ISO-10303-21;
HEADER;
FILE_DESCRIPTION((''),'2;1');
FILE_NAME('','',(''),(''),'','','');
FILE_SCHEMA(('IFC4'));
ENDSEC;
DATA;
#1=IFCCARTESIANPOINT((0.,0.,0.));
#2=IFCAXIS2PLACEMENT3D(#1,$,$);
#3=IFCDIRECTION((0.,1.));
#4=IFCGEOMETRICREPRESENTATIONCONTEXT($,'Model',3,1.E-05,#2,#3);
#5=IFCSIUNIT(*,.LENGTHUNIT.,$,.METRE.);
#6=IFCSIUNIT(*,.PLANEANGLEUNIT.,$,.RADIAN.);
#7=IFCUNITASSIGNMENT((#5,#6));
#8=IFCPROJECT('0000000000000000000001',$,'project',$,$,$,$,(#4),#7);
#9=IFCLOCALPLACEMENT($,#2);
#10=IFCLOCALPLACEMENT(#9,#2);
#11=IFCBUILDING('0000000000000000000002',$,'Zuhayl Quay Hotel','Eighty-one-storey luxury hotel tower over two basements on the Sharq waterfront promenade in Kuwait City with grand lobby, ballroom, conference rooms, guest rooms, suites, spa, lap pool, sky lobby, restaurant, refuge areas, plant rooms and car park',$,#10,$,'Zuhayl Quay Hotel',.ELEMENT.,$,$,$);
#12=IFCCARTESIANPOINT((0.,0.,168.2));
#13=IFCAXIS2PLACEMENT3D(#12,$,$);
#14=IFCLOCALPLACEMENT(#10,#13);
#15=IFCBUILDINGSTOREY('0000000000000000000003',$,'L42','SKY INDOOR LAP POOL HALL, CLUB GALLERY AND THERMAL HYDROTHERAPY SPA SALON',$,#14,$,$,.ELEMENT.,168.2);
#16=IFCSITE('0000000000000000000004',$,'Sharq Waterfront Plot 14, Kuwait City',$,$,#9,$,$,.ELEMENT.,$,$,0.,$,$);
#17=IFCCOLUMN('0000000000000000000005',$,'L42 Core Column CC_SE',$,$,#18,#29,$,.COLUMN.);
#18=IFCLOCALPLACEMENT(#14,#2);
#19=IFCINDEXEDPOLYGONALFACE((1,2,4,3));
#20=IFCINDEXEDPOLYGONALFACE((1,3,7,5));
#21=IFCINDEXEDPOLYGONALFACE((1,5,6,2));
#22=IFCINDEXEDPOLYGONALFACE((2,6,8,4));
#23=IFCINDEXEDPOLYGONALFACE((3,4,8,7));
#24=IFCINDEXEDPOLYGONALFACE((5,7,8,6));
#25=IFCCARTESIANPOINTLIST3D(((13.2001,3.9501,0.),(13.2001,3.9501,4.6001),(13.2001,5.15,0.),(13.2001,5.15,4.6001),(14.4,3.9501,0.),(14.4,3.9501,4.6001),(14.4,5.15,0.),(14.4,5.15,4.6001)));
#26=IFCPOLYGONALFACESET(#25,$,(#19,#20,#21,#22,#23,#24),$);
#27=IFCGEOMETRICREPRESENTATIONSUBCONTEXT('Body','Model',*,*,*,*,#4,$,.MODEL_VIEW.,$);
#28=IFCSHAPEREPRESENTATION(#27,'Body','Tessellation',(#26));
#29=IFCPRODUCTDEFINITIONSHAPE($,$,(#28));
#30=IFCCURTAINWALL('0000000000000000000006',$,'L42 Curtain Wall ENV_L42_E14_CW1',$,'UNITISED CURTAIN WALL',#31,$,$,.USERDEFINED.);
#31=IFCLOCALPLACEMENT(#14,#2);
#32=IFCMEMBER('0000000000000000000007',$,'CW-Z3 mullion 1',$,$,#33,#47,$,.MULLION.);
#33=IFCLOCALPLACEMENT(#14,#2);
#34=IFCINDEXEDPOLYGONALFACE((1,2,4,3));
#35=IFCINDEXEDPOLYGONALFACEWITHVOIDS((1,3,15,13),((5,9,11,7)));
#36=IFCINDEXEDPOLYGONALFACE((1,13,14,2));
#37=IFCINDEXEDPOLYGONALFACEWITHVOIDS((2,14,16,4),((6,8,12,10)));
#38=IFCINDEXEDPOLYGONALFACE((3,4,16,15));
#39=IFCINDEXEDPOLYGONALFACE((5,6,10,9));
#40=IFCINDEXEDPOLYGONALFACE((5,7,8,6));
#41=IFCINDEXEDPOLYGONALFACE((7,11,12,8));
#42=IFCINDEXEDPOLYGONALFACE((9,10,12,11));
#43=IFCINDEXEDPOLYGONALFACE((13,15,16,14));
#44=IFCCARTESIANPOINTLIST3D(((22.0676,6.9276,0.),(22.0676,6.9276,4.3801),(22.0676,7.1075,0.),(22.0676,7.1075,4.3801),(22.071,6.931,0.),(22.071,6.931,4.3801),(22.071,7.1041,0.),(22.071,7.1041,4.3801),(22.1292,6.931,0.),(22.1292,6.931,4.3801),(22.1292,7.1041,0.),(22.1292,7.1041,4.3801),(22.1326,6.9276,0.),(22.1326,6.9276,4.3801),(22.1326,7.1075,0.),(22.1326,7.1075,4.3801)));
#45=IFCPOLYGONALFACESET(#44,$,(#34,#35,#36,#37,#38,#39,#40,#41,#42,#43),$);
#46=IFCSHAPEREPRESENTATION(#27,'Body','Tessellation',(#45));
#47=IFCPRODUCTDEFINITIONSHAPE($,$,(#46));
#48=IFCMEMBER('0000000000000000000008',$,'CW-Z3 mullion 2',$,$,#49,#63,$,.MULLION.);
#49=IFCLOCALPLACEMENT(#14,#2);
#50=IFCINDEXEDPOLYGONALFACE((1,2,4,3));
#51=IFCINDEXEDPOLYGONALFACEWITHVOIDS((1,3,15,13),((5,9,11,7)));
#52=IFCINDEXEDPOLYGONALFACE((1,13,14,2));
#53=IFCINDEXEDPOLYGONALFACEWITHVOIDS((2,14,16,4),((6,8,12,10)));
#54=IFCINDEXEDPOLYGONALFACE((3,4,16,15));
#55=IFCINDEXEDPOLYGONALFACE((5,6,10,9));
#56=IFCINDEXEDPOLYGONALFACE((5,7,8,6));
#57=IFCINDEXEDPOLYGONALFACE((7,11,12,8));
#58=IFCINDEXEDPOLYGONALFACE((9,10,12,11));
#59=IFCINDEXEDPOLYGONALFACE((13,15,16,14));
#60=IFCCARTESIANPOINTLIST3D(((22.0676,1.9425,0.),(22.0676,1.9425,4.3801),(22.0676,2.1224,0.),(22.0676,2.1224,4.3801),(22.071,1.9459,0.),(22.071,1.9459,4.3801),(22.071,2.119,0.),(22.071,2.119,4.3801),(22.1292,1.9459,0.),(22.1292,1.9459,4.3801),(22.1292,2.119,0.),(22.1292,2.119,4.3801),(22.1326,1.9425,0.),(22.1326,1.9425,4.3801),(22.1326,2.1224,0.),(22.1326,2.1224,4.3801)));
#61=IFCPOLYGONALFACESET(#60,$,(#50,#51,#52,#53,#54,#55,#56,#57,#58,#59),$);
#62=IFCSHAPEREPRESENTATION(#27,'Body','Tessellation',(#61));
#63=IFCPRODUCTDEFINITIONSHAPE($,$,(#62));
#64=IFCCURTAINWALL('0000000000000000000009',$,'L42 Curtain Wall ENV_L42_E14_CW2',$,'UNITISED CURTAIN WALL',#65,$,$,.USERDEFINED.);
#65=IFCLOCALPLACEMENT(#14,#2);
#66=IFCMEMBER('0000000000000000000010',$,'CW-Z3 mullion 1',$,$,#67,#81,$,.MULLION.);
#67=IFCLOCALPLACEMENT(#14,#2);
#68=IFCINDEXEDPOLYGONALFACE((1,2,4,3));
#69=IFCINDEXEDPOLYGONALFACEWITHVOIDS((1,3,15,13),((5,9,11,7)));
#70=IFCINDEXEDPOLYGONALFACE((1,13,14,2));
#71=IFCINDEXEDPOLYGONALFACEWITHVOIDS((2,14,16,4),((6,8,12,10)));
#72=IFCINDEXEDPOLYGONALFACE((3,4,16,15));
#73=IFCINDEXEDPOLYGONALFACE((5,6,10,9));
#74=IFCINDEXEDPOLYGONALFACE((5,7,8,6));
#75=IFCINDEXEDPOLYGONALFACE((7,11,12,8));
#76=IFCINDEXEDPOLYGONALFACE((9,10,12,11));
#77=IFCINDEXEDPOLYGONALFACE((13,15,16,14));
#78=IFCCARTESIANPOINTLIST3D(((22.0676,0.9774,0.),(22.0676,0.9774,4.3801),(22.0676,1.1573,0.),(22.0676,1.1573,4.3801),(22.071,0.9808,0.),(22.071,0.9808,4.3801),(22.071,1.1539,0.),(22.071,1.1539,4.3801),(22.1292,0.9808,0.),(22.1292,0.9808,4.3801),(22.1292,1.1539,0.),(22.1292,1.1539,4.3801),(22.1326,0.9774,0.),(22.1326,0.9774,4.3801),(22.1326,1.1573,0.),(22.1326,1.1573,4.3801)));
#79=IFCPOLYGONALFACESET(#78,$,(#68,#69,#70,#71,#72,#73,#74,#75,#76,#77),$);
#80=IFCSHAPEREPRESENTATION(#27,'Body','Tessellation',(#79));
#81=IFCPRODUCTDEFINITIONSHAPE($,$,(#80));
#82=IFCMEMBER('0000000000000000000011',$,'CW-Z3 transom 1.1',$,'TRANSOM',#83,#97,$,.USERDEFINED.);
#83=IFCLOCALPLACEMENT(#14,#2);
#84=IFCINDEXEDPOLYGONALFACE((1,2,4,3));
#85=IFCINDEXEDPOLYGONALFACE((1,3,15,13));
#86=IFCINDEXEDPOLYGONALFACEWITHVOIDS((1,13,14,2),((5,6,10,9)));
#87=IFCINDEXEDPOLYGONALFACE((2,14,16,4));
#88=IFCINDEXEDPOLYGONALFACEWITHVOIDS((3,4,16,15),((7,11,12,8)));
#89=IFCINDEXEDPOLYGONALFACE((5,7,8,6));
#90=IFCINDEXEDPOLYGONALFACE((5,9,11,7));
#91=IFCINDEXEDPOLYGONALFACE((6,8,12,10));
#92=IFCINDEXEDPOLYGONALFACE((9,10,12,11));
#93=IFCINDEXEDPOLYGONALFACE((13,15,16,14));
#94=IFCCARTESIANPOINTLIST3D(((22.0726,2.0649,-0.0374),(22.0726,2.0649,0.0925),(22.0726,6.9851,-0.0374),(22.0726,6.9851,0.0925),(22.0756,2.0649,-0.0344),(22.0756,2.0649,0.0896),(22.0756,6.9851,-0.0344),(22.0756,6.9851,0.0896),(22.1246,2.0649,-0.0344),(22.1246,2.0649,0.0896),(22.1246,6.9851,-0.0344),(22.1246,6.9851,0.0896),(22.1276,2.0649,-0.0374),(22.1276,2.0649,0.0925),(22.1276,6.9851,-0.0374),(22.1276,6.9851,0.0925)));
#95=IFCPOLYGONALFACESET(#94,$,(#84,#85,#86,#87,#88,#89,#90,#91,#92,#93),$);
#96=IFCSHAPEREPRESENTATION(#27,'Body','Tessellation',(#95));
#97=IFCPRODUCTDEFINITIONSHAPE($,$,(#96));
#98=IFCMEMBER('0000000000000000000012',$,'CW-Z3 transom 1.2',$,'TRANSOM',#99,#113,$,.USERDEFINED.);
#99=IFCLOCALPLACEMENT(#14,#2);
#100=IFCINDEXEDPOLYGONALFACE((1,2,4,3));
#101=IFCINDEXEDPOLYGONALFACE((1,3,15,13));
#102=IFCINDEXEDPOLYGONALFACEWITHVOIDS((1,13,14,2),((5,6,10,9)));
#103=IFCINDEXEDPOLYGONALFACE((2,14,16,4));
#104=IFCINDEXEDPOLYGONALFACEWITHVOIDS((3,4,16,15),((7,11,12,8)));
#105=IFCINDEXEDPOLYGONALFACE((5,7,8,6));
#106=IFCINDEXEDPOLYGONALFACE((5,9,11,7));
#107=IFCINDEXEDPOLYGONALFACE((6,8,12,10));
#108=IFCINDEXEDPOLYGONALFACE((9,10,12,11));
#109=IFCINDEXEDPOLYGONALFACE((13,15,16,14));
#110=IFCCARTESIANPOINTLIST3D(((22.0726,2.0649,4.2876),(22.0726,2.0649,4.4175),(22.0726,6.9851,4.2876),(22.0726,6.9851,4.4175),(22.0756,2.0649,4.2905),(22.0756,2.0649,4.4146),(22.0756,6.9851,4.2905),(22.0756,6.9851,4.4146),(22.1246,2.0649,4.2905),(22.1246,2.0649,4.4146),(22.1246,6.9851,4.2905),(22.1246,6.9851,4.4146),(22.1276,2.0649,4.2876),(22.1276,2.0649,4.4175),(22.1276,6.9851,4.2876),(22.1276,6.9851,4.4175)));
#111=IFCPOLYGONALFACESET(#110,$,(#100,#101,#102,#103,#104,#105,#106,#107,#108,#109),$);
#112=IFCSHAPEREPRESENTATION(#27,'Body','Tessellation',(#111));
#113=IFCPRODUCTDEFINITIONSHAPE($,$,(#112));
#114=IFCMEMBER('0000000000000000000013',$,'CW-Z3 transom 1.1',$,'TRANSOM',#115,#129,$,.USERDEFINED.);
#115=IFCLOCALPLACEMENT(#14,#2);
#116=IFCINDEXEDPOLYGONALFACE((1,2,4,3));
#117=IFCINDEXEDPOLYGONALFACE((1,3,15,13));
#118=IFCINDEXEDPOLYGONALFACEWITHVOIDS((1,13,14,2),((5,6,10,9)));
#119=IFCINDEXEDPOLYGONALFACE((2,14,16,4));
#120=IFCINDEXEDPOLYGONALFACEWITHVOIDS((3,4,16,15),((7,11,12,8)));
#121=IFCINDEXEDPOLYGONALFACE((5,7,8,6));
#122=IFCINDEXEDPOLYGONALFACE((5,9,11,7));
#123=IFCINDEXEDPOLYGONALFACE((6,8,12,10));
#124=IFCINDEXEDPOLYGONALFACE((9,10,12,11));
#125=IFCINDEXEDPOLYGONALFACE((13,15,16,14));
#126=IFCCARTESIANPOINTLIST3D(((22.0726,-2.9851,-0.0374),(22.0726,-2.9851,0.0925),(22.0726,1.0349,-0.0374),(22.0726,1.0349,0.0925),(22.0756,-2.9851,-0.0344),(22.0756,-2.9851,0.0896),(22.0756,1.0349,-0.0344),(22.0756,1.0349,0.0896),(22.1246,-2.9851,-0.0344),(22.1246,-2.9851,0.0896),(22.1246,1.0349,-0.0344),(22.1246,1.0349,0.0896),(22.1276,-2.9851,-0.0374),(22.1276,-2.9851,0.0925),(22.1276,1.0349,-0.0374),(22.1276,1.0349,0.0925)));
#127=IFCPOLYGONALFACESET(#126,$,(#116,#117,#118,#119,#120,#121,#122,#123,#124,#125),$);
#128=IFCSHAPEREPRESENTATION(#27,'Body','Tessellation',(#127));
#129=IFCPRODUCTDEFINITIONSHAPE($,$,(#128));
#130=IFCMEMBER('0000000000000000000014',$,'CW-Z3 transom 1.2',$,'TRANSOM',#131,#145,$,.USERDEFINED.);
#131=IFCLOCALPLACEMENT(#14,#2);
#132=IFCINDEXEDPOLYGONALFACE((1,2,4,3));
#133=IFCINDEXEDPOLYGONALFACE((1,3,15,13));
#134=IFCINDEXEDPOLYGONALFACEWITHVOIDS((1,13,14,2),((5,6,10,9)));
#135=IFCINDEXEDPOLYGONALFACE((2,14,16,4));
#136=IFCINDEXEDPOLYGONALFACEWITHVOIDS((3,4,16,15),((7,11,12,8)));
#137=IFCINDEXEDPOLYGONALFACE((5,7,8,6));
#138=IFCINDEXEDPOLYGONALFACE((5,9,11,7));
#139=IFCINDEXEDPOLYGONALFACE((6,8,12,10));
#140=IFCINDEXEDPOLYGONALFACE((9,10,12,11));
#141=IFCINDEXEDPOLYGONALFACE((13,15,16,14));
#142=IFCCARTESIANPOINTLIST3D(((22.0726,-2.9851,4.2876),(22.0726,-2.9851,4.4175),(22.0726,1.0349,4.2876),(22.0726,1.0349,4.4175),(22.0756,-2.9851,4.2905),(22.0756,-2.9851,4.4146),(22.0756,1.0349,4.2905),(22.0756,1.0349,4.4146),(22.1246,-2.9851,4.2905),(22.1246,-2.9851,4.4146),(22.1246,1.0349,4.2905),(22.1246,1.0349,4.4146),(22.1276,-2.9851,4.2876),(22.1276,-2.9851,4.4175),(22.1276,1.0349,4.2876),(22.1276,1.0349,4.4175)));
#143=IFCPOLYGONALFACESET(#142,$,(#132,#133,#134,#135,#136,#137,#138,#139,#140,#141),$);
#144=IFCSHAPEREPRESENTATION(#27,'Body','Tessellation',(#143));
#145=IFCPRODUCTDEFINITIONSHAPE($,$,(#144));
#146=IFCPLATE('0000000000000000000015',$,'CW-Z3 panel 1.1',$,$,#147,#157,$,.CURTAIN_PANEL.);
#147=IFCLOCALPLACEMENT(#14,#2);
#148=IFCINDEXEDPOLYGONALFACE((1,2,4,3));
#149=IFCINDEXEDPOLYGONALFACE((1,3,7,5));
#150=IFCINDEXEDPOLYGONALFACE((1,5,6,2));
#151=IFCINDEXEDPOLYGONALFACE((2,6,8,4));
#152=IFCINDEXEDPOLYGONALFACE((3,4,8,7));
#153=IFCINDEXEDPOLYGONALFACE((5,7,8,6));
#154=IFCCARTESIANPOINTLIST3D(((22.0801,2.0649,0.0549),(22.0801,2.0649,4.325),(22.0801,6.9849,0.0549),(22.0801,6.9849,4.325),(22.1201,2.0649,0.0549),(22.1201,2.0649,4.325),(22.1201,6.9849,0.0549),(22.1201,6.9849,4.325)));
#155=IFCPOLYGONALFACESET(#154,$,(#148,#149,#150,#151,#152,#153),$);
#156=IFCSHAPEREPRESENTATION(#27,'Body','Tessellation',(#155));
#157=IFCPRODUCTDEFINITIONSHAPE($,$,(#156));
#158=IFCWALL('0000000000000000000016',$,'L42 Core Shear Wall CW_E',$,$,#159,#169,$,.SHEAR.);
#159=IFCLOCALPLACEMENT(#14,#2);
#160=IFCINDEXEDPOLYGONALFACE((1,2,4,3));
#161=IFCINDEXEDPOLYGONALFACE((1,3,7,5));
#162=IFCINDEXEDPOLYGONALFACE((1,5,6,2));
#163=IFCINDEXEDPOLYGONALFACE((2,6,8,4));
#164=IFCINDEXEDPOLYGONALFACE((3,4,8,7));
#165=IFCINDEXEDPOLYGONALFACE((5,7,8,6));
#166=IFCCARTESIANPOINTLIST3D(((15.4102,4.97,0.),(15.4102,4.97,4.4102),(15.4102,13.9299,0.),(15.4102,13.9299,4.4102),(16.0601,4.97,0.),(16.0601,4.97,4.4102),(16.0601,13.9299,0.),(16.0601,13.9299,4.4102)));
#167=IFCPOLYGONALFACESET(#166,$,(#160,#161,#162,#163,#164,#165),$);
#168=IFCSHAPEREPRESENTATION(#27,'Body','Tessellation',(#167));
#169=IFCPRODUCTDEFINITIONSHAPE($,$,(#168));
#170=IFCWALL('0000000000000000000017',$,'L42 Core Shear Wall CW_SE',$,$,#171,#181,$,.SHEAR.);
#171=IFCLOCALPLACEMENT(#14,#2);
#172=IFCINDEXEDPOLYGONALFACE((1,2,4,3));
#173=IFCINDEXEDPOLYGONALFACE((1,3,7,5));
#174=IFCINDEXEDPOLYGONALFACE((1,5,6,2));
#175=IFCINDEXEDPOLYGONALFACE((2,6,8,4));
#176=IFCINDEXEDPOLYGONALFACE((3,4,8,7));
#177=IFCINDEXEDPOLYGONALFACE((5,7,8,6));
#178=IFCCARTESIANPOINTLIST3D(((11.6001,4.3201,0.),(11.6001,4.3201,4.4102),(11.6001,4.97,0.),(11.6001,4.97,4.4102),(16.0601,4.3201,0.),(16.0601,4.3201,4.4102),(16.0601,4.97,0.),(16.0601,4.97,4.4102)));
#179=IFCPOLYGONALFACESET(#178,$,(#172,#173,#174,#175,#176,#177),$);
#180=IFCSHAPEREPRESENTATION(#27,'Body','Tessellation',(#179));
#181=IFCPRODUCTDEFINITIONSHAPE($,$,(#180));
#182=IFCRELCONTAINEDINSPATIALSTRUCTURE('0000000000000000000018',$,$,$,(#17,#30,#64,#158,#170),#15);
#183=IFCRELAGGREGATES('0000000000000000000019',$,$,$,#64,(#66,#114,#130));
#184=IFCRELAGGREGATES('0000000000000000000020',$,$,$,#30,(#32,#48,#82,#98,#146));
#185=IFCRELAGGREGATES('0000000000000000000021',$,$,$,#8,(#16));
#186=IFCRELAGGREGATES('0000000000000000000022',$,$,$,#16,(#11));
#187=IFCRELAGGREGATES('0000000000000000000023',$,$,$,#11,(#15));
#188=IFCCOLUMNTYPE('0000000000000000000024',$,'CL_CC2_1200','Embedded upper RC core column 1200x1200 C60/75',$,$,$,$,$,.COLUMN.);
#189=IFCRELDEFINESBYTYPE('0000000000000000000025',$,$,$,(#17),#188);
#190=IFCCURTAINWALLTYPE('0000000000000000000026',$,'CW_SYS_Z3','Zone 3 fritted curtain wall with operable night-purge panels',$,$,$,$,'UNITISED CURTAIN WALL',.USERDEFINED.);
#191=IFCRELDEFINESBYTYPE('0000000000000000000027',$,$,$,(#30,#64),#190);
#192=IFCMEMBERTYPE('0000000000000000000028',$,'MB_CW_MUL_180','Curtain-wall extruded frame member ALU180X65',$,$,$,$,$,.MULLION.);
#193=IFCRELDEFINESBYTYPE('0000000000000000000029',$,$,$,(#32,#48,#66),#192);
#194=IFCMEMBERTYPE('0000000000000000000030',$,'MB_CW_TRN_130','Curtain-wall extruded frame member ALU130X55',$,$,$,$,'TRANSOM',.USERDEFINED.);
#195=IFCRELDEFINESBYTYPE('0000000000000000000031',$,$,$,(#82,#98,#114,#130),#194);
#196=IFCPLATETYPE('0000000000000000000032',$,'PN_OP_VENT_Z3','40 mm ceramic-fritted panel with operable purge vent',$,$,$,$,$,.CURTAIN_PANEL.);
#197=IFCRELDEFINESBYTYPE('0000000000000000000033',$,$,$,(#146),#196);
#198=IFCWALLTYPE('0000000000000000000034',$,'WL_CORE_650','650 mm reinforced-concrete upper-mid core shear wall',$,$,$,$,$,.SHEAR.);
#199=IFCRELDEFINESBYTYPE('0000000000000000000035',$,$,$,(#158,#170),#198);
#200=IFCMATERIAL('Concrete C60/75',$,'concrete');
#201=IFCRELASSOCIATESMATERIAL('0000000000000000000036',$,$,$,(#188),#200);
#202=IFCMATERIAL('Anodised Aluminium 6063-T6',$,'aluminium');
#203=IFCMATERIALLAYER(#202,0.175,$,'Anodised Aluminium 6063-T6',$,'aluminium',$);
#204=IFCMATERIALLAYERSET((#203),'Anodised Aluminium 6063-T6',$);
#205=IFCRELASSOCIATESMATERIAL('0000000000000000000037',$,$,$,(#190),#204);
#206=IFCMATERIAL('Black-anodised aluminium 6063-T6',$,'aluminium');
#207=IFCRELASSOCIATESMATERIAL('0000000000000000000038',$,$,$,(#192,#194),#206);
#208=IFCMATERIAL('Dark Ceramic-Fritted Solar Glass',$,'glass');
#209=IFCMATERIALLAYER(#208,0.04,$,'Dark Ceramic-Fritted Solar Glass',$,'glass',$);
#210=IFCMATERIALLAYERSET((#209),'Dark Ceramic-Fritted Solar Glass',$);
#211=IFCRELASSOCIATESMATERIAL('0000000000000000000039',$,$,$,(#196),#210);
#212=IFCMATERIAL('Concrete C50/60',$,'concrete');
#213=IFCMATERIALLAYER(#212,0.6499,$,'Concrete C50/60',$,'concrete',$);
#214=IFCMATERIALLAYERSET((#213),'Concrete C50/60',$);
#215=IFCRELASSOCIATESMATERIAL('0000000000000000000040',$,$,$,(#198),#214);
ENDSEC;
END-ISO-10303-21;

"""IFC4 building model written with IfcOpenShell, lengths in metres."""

from ifc_helpers import new_model, si_unit, direction, frame, frame_2d, origin, origin_2d, place, context, subcontext, project, spatial, rectangle, hollow_rectangle, extrude, material, layer, layer_set, material_profile, profile_set, type_object, element, aggregate, save


model = new_model("IFC4")

# Units and contexts
model_context = context("Model", 3, precision=1e-05, world=origin(), true_north=direction((0.0, 1.0)))
body_context = subcontext(model_context, "Body", "Model", "MODEL_VIEW")
ifc_project = project(units=[si_unit("LENGTHUNIT", "METRE"), si_unit("PLANEANGLEUNIT", "RADIAN")], contexts=[model_context])

# Site, building, storey
site_placement = place(None, origin())
site = spatial("IfcSite", under=ifc_project, at=site_placement, Name="Sharq Waterfront Plot 14, Kuwait City", CompositionType="ELEMENT", RefElevation=0.0)
building_placement = place(site_placement, origin())
building = spatial("IfcBuilding", under=site, at=building_placement, Name="Zuhayl Quay Hotel", Description="Eighty-one-storey luxury hotel tower over two basements on the Sharq waterfront promenade in Kuwait City with grand lobby, ballroom, conference rooms, guest rooms, suites, spa, lap pool, sky lobby, restaurant, refuge areas, plant rooms and car park", LongName="Zuhayl Quay Hotel", CompositionType="ELEMENT")
storey_placement = place(building_placement, frame((0.0, 0.0, 168.2)))
storey = spatial("IfcBuildingStorey", under=building, at=storey_placement, Name="L42", Description="SKY INDOOR LAP POOL HALL, CLUB GALLERY AND THERMAL HYDROTHERAPY SPA SALON", CompositionType="ELEMENT", Elevation=168.2)

# Column
ifc_material_1 = material(Name="Concrete C60/75", Category="concrete")
ifc_material_profile_1 = material_profile(ifc_material_1, rectangle(XDim=1.2, YDim=1.2, at=origin_2d()), Name="RC1200X1200")
ifc_profile_set_1 = profile_set([ifc_material_profile_1], Name="Concrete C60/75")
column_type = type_object("IfcColumnType", Name="CL_CC2_1200", Description="Embedded upper RC core column 1200x1200 C60/75", PredefinedType="COLUMN", material=ifc_profile_set_1)
column_placement = place(storey_placement, frame((13.8, 4.55, 0.0), z_axis=(0.0, 0.0, 1.0), x_axis=(1.0, 0.0, 0.0)))
element("IfcColumn", 1, at=column_placement, inside=storey, type_object=column_type, Name="L42 Core Column CC_SE", PredefinedType="COLUMN", context=body_context, shape_type="SweptSolid", body=[
    extrude(rectangle(XDim=1.2, YDim=1.2, at=origin_2d()), origin(), (0.0, 0.0, 1.0), 4.6001),
])

# Curtain wall, members
ifc_material_2 = material(Name="Anodised Aluminium 6063-T6", Category="aluminium")
ifc_layer_1 = layer(ifc_material_2, 0.175, Name="Anodised Aluminium 6063-T6", Category="aluminium")
ifc_layer_set_1 = layer_set([ifc_layer_1], Name="Anodised Aluminium 6063-T6")
curtain_wall_type = type_object("IfcCurtainWallType", Name="CW_SYS_Z3", Description="Zone 3 fritted curtain wall with operable night-purge panels", ElementType="UNITISED CURTAIN WALL", PredefinedType="USERDEFINED", material=ifc_layer_set_1)
curtain_wall_1_placement = place(storey_placement, origin())
curtain_wall_1 = element("IfcCurtainWall", 2, at=curtain_wall_1_placement, inside=storey, type_object=curtain_wall_type, Name="L42 Curtain Wall ENV_L42_E14_CW1", ObjectType="UNITISED CURTAIN WALL", PredefinedType="USERDEFINED")
ifc_material_3 = material(Name="Black-anodised aluminium 6063-T6", Category="aluminium")
ifc_material_profile_2 = material_profile(ifc_material_3, hollow_rectangle(XDim=0.0649, YDim=0.1799, WallThickness=0.0034, at=origin_2d()), Name="ALU180X65")
ifc_profile_set_2 = profile_set([ifc_material_profile_2], Name="Black-anodised aluminium 6063-T6")
member_type_1 = type_object("IfcMemberType", Name="MB_CW_MUL_180", Description="Curtain-wall extruded frame member ALU180X65", PredefinedType="MULLION", material=ifc_profile_set_2)
member_1_placement = place(storey_placement, frame((22.1001, 7.0176, 0.0), z_axis=(0.0, 0.0, 1.0), x_axis=(1.0, 0.0, 0.0)))
member_1 = element("IfcMember", 3, at=member_1_placement, type_object=member_type_1, Name="CW-Z3 mullion 1", PredefinedType="MULLION", context=body_context, shape_type="SweptSolid", body=[
    extrude(hollow_rectangle(XDim=0.0649, YDim=0.1799, WallThickness=0.0034, at=origin_2d()), origin(), (0.0, 0.0, 1.0), 4.3801),
])
member_2_placement = place(storey_placement, frame((22.1001, 2.0325, 0.0), z_axis=(0.0, 0.0, 1.0), x_axis=(1.0, 0.0, 0.0)))
member_2 = element("IfcMember", 4, at=member_2_placement, type_object=member_type_1, Name="CW-Z3 mullion 2", PredefinedType="MULLION", context=body_context, shape_type="SweptSolid", body=[
    extrude(hollow_rectangle(XDim=0.0649, YDim=0.1799, WallThickness=0.0034, at=origin_2d()), origin(), (0.0, 0.0, 1.0), 4.3801),
])

# Curtain wall, member
curtain_wall_2_placement = place(storey_placement, origin())
curtain_wall_2 = element("IfcCurtainWall", 5, at=curtain_wall_2_placement, inside=storey, type_object=curtain_wall_type, Name="L42 Curtain Wall ENV_L42_E14_CW2", ObjectType="UNITISED CURTAIN WALL", PredefinedType="USERDEFINED")
member_3_placement = place(storey_placement, frame((22.1001, 1.0674, 0.0), z_axis=(0.0, 0.0, 1.0), x_axis=(1.0, 0.0, 0.0)))
member_3 = element("IfcMember", 6, at=member_3_placement, type_object=member_type_1, Name="CW-Z3 mullion 1", PredefinedType="MULLION", context=body_context, shape_type="SweptSolid", body=[
    extrude(hollow_rectangle(XDim=0.0649, YDim=0.1799, WallThickness=0.0034, at=origin_2d()), origin(), (0.0, 0.0, 1.0), 4.3801),
])

# Members
ifc_material_profile_3 = material_profile(ifc_material_3, hollow_rectangle(XDim=0.0549, YDim=0.1299, WallThickness=0.0029, at=origin_2d()), Name="ALU130X55")
ifc_profile_set_3 = profile_set([ifc_material_profile_3], Name="Black-anodised aluminium 6063-T6")
member_type_2 = type_object("IfcMemberType", Name="MB_CW_TRN_130", Description="Curtain-wall extruded frame member ALU130X55", ElementType="TRANSOM", PredefinedType="USERDEFINED", material=ifc_profile_set_3)
member_4_placement = place(storey_placement, frame((22.1001, 6.9851, 0.0276), z_axis=(0.0, -1.0, 0.0), x_axis=(1.0, 0.0, 0.0)))
member_4 = element("IfcMember", 7, at=member_4_placement, type_object=member_type_2, Name="CW-Z3 transom 1.1", ObjectType="TRANSOM", PredefinedType="USERDEFINED", context=body_context, shape_type="SweptSolid", body=[
    extrude(hollow_rectangle(XDim=0.0549, YDim=0.1299, WallThickness=0.0029, at=origin_2d()), origin(), (0.0, 0.0, 1.0), 4.9202),
])
member_5_placement = place(storey_placement, frame((22.1001, 6.9851, 4.3525), z_axis=(0.0, -1.0, 0.0), x_axis=(1.0, 0.0, 0.0)))
member_5 = element("IfcMember", 8, at=member_5_placement, type_object=member_type_2, Name="CW-Z3 transom 1.2", ObjectType="TRANSOM", PredefinedType="USERDEFINED", context=body_context, shape_type="SweptSolid", body=[
    extrude(hollow_rectangle(XDim=0.0549, YDim=0.1299, WallThickness=0.0029, at=origin_2d()), origin(), (0.0, 0.0, 1.0), 4.9202),
])
member_6_placement = place(storey_placement, frame((22.1001, 1.0349, 0.0276), z_axis=(0.0, -1.0, 0.0), x_axis=(1.0, 0.0, 0.0)))
member_6 = element("IfcMember", 9, at=member_6_placement, type_object=member_type_2, Name="CW-Z3 transom 1.1", ObjectType="TRANSOM", PredefinedType="USERDEFINED", context=body_context, shape_type="SweptSolid", body=[
    extrude(hollow_rectangle(XDim=0.0549, YDim=0.1299, WallThickness=0.0029, at=origin_2d()), origin(), (0.0, 0.0, 1.0), 4.02),
])
member_7_placement = place(storey_placement, frame((22.1001, 1.0349, 4.3525), z_axis=(0.0, -1.0, 0.0), x_axis=(1.0, 0.0, 0.0)))
member_7 = element("IfcMember", 10, at=member_7_placement, type_object=member_type_2, Name="CW-Z3 transom 1.2", ObjectType="TRANSOM", PredefinedType="USERDEFINED", context=body_context, shape_type="SweptSolid", body=[
    extrude(hollow_rectangle(XDim=0.0549, YDim=0.1299, WallThickness=0.0029, at=origin_2d()), origin(), (0.0, 0.0, 1.0), 4.02),
])
aggregate(curtain_wall_2, [member_3, member_6, member_7])

# Plate
ifc_material_4 = material(Name="Dark Ceramic-Fritted Solar Glass", Category="glass")
ifc_layer_2 = layer(ifc_material_4, 0.04, Name="Dark Ceramic-Fritted Solar Glass", Category="glass")
ifc_layer_set_2 = layer_set([ifc_layer_2], Name="Dark Ceramic-Fritted Solar Glass")
plate_type = type_object("IfcPlateType", Name="PN_OP_VENT_Z3", Description="40 mm ceramic-fritted panel with operable purge vent", PredefinedType="CURTAIN_PANEL", material=ifc_layer_set_2)
plate_placement = place(storey_placement, frame((22.1001, 4.5249, 0.0549), z_axis=(0.0, 0.0, 1.0), x_axis=(0.0, -1.0, 0.0)))
plate = element("IfcPlate", 11, at=plate_placement, type_object=plate_type, Name="CW-Z3 panel 1.1", PredefinedType="CURTAIN_PANEL", context=body_context, shape_type="SweptSolid", body=[
    extrude(rectangle(XDim=4.9199, YDim=0.04, at=origin_2d()), origin(), (0.0, 0.0, 1.0), 4.27),
])
aggregate(curtain_wall_1, [member_1, member_2, member_4, member_5, plate])

# Walls
ifc_material_5 = material(Name="Concrete C50/60", Category="concrete")
ifc_layer_3 = layer(ifc_material_5, 0.6499, Name="Concrete C50/60", Category="concrete")
ifc_layer_set_3 = layer_set([ifc_layer_3], Name="Concrete C50/60")
wall_type_1 = type_object("IfcWallType", Name="WL_CORE_650", Description="650 mm reinforced-concrete upper-mid core shear wall", PredefinedType="SHEAR", material=ifc_layer_set_3)
wall_1_placement = place(storey_placement, frame((15.7351, 4.97, 0.0), z_axis=(0.0, 0.0, 1.0), x_axis=(0.0, 1.0, 0.0)))
element("IfcWall", 12, at=wall_1_placement, inside=storey, type_object=wall_type_1, Name="L42 Core Shear Wall CW_E", PredefinedType="SHEAR", context=body_context, shape_type="SweptSolid", body=[
    extrude(rectangle(XDim=8.96, YDim=0.6499, at=frame_2d((4.48, 0.0))), origin(), (0.0, 0.0, 1.0), 4.4102),
])
wall_2_placement = place(storey_placement, frame((11.6001, 4.645, 0.0), z_axis=(0.0, 0.0, 1.0), x_axis=(1.0, 0.0, 0.0)))
element("IfcWall", 13, at=wall_2_placement, inside=storey, type_object=wall_type_1, Name="L42 Core Shear Wall CW_SE", PredefinedType="SHEAR", context=body_context, shape_type="SweptSolid", body=[
    extrude(rectangle(XDim=4.46, YDim=0.6499, at=frame_2d((2.23, 0.0))), origin(), (0.0, 0.0, 1.0), 4.4102),
])

save(model, "model.ifc")
